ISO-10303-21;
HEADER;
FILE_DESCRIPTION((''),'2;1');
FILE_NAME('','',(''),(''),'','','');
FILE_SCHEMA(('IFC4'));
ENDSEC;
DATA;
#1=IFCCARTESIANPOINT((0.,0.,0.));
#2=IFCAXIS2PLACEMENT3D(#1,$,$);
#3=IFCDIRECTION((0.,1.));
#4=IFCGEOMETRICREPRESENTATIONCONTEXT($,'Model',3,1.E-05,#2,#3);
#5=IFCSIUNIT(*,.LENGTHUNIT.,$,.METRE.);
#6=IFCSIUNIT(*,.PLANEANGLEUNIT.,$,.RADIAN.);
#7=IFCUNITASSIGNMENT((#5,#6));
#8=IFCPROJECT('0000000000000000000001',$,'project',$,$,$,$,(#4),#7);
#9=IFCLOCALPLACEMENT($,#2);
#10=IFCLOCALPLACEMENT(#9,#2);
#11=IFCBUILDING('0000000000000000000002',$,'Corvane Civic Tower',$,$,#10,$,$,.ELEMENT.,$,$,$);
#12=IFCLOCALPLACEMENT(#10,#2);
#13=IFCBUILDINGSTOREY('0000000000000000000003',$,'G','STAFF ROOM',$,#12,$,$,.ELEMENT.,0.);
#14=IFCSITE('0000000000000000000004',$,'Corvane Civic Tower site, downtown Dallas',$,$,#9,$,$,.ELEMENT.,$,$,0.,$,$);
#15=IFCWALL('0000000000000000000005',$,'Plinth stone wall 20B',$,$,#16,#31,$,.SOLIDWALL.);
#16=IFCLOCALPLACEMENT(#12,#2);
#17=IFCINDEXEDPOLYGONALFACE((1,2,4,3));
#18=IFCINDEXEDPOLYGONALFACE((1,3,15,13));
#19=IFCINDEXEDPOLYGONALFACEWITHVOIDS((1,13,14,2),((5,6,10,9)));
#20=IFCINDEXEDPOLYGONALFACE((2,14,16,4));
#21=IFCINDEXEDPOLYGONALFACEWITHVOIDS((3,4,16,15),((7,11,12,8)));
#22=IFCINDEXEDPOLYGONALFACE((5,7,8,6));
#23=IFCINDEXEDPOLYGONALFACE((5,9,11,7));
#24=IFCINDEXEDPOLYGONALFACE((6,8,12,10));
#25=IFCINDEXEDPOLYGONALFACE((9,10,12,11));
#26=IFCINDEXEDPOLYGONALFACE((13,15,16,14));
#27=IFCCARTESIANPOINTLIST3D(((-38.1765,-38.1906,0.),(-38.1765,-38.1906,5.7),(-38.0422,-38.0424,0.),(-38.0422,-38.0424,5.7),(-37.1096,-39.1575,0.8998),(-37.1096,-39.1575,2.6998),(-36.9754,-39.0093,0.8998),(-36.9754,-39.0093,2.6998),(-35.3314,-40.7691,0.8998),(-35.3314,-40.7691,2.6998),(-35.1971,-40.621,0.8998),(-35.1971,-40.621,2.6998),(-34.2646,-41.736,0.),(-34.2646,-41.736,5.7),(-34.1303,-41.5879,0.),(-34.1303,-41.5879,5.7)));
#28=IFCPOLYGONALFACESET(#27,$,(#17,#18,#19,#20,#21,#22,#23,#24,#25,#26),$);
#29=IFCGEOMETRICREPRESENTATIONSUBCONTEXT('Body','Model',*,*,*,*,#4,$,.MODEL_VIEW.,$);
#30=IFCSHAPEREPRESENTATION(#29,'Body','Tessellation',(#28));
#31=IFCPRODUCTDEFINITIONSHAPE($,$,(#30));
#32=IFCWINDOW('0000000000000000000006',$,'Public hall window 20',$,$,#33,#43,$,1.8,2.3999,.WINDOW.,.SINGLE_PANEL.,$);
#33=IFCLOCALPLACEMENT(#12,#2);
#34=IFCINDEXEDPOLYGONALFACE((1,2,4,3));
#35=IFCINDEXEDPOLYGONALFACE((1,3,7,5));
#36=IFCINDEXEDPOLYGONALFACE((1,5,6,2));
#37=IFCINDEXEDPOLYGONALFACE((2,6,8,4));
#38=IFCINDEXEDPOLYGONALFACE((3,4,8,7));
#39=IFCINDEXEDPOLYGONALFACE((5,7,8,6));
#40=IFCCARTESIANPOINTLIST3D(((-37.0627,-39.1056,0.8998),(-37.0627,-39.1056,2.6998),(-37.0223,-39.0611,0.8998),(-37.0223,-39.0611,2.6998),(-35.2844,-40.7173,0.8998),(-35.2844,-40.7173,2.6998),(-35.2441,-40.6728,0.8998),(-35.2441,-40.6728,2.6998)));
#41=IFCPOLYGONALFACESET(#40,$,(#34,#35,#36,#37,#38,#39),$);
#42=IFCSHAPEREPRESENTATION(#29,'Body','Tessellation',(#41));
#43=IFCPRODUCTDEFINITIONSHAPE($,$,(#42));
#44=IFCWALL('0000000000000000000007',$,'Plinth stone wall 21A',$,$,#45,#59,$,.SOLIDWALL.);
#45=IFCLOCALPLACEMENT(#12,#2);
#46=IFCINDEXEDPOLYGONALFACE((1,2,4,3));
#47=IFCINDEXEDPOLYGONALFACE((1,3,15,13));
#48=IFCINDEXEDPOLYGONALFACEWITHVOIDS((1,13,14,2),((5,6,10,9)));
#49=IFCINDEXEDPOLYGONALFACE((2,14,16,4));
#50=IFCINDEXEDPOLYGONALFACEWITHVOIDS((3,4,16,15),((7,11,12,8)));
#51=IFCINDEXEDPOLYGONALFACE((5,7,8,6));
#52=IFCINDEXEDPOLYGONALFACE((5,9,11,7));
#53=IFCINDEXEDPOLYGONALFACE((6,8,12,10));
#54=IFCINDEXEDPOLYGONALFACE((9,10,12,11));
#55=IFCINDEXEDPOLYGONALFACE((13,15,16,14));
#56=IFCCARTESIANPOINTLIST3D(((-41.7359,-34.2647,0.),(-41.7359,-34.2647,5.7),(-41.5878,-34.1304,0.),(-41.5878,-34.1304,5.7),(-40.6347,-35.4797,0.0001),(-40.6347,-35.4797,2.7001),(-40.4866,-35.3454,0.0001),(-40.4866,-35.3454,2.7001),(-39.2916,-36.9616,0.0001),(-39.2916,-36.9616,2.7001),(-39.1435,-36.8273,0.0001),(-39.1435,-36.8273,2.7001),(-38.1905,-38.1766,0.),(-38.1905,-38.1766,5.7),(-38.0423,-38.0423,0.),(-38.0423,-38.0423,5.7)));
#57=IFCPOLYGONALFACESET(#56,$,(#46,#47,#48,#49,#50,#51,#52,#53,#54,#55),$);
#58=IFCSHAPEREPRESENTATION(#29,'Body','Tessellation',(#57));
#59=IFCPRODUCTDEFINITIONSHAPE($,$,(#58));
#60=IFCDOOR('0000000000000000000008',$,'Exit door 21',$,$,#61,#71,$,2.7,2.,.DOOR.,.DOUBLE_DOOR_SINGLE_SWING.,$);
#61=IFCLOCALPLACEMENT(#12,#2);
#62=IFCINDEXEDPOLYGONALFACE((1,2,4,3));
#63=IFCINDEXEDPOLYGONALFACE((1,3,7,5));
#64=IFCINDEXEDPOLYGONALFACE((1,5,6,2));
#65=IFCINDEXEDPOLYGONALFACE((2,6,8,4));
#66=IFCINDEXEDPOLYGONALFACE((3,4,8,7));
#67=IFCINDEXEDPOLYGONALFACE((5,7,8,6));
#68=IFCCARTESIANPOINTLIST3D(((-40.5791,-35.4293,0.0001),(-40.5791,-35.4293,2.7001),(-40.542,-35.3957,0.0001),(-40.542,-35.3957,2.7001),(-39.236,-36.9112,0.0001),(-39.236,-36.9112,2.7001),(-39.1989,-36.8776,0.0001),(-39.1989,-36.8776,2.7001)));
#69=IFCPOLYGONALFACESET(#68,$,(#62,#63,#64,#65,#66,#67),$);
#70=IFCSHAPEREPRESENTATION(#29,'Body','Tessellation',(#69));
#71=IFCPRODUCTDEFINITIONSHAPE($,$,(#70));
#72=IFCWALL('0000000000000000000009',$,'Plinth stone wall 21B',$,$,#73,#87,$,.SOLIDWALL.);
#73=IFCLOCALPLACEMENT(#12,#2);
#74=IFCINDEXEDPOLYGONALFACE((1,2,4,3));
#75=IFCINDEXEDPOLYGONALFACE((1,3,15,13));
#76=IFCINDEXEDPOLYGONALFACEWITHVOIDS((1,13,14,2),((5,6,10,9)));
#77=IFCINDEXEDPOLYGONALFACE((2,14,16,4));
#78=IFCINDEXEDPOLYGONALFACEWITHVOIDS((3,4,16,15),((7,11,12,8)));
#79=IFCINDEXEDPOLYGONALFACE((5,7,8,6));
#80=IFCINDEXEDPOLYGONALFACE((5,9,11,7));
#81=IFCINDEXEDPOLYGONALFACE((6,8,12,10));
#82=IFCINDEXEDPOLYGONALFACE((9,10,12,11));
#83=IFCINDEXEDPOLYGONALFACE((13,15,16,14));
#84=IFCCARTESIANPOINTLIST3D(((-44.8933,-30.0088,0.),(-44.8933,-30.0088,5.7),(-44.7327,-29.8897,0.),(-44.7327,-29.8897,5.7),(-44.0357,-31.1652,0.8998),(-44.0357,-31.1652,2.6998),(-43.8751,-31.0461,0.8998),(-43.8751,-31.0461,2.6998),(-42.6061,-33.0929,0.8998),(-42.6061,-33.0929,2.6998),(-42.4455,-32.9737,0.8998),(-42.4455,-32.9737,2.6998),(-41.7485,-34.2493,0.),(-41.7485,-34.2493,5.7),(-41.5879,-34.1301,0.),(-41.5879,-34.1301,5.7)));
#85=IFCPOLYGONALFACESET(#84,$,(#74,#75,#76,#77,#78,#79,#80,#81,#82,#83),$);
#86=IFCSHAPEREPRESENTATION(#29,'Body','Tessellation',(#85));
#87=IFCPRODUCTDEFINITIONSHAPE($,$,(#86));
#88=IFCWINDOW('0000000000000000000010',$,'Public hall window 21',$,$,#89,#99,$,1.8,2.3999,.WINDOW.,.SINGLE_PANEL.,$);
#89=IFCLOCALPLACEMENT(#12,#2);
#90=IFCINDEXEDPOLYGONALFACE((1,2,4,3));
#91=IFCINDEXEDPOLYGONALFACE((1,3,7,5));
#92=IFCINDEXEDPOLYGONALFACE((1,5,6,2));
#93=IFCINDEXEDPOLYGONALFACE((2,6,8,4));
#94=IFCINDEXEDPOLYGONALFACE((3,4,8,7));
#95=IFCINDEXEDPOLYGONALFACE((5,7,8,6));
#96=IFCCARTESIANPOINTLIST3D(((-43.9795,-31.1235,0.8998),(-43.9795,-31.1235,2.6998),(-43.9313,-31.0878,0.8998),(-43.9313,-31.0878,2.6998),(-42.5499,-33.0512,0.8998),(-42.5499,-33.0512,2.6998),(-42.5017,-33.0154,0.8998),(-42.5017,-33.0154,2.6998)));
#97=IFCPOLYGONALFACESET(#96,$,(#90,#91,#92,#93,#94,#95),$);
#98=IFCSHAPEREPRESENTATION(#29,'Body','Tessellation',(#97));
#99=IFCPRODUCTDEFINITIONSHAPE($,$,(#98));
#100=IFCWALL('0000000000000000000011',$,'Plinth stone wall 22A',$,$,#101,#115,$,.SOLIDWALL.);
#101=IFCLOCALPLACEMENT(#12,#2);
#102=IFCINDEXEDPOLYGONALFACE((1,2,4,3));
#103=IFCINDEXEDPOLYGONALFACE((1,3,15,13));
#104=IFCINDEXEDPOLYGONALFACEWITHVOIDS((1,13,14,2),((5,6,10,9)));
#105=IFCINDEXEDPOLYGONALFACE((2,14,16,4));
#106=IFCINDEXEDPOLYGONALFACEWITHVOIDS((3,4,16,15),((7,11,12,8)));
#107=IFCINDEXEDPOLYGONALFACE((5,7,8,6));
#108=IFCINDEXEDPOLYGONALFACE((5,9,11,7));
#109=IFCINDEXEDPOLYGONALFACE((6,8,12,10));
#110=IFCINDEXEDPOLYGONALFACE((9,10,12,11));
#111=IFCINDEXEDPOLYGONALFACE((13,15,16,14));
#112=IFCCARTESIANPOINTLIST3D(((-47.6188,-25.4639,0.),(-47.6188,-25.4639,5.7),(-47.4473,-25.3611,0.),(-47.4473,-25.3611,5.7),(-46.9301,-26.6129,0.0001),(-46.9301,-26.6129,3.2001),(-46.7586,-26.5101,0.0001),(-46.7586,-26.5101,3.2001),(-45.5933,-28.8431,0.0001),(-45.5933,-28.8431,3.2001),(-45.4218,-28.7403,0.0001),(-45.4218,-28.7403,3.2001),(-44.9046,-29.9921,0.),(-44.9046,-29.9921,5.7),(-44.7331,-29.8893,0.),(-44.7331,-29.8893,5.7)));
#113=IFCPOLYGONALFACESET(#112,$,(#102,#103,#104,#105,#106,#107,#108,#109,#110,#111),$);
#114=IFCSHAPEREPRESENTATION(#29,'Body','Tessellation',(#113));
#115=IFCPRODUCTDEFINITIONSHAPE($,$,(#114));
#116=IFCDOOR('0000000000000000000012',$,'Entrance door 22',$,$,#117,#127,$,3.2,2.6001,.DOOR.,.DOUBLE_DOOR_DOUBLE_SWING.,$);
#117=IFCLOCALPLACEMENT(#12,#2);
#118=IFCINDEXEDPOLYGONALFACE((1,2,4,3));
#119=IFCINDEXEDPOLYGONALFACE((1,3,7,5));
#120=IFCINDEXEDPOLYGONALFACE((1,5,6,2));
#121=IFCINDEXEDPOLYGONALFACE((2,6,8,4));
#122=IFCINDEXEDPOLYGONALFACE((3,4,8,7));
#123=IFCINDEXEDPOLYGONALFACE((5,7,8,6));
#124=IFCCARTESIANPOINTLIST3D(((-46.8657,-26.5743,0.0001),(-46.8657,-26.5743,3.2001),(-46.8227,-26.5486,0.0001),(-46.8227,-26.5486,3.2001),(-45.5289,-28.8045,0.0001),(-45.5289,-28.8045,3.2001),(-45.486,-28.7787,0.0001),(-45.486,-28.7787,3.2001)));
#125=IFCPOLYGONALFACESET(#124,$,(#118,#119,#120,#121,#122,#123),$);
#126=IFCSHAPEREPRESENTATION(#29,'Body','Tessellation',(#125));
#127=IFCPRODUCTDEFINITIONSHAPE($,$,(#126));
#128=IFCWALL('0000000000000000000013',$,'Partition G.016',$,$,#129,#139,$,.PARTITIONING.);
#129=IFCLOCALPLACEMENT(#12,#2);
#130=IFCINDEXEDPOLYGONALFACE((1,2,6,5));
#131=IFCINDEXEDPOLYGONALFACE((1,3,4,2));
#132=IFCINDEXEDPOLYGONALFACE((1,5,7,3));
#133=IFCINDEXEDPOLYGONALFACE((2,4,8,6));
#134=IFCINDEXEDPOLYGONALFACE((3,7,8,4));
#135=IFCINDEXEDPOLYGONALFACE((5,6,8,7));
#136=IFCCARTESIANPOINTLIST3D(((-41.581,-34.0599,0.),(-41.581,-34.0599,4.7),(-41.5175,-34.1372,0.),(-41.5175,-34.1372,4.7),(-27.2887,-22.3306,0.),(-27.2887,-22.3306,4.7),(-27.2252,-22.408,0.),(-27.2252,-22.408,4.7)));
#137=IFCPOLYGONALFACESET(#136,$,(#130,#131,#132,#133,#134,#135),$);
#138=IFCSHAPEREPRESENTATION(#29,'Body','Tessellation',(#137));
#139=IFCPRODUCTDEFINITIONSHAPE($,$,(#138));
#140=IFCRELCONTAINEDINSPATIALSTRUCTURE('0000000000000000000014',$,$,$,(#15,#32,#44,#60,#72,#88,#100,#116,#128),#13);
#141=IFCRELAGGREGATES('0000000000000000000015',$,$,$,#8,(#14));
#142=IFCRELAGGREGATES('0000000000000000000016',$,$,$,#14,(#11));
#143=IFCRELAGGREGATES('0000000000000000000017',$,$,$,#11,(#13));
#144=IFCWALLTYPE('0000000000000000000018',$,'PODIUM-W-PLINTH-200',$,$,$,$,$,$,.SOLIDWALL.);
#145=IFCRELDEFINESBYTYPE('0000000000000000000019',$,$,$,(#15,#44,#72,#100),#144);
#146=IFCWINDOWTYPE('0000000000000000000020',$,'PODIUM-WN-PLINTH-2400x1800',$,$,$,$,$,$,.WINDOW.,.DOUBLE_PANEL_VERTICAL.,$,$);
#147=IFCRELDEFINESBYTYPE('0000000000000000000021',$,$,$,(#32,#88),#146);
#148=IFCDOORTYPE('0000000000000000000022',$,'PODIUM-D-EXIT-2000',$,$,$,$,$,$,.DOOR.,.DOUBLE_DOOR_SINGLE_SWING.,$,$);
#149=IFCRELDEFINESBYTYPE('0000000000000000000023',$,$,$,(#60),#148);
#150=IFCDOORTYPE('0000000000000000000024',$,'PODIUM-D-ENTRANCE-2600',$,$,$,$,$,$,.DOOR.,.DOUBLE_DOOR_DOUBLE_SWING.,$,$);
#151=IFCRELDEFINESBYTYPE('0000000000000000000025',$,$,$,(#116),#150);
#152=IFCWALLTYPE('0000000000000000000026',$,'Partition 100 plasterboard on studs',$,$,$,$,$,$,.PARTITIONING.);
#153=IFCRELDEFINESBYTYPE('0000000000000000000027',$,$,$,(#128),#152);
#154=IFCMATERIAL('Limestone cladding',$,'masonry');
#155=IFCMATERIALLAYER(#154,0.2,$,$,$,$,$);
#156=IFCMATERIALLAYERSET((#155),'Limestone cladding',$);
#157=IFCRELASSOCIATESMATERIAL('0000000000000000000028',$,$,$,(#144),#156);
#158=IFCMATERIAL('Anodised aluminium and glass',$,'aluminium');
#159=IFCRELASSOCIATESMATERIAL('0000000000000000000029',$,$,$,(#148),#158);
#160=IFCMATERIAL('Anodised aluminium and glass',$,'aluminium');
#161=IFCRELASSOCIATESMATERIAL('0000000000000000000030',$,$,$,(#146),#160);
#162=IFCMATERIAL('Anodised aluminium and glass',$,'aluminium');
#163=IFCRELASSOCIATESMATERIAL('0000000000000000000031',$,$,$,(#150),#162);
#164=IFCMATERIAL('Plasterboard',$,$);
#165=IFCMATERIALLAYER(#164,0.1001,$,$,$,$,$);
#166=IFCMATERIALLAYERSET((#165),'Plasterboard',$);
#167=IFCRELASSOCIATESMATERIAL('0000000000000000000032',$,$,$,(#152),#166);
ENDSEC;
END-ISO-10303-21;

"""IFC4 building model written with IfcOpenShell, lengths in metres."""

from ifc_helpers import new_model, si_unit, direction, frame, frame_2d, origin, place, context, subcontext, project, spatial, rectangle, extrude, material, layer, layer_set, type_object, element, fill, save


model = new_model("IFC4")

# Units and contexts
model_context = context("Model", 3, precision=1e-05, world=origin(), true_north=direction((0.0, 1.0)))
body_context = subcontext(model_context, "Body", "Model", "MODEL_VIEW")
ifc_project = project(units=[si_unit("LENGTHUNIT", "METRE"), si_unit("PLANEANGLEUNIT", "RADIAN")], contexts=[model_context])

# Site, building, storey
site_placement = place(None, origin())
site = spatial("IfcSite", under=ifc_project, at=site_placement, Name="Corvane Civic Tower site, downtown Dallas", CompositionType="ELEMENT", RefElevation=0.0)
building_placement = place(site_placement, origin())
building = spatial("IfcBuilding", under=site, at=building_placement, Name="Corvane Civic Tower", CompositionType="ELEMENT")
storey_placement = place(building_placement, origin())
storey = spatial("IfcBuildingStorey", under=building, at=storey_placement, Name="G", Description="STAFF ROOM", CompositionType="ELEMENT", Elevation=0.0)

# Shared definitions
ifc_material_1 = material(Name="Limestone cladding", Category="masonry")
ifc_layer_1 = layer(ifc_material_1, 0.2)
ifc_layer_set_1 = layer_set([ifc_layer_1], Name="Limestone cladding")
wall_type_1 = type_object("IfcWallType", Name="PODIUM-W-PLINTH-200", PredefinedType="SOLIDWALL", material=ifc_layer_set_1)

# Shared definitions
ifc_material_2 = material(Name="Anodised aluminium and glass", Category="aluminium")
door_type_1 = type_object("IfcDoorType", Name="PODIUM-D-EXIT-2000", OperationType="DOUBLE_DOOR_SINGLE_SWING", PredefinedType="DOOR", material=ifc_material_2)

# Wall, opening, window
wall_1_placement = place(storey_placement, frame((-34.1975, -41.6619, 0.0), z_axis=(0.0, 0.0, 1.0), x_axis=(-0.74096, 0.671549, 0.0)))
wall_1 = element("IfcWall", 1, at=wall_1_placement, inside=storey, type_object=wall_type_1, Name="Plinth stone wall 20B", PredefinedType="SOLIDWALL", context=body_context, shape_type="SweptSolid", body=[
    extrude(rectangle(XDim=5.2795, YDim=0.2, at=frame_2d((2.6396, 0.0))), origin(), (0.0, 0.0, 1.0), 5.7),
])
opening_1_placement = place(wall_1_placement, frame((1.4397, 0.0, 0.8999)))
opening_1 = element("IfcOpeningElement", 2, at=opening_1_placement, cuts=wall_1, PredefinedType="OPENING", context=body_context, shape_type="SweptSolid", body=[
    extrude(rectangle(XDim=2.3999, YDim=1.8, at=frame_2d((1.2, 0.8999))), frame((0.0, 0.1099, 0.0), z_axis=(0.0, -1.0, 0.0), x_axis=(1.0, 0.0, 0.0)), (0.0, 0.0, 1.0), 0.22),
])
ifc_material_3 = material(Name="Anodised aluminium and glass", Category="aluminium")
window_type = type_object("IfcWindowType", Name="PODIUM-WN-PLINTH-2400x1800", PartitioningType="DOUBLE_PANEL_VERTICAL", PredefinedType="WINDOW", material=ifc_material_3)
window_1_placement = place(opening_1_placement, origin())
window_1 = element("IfcWindow", 3, at=window_1_placement, inside=storey, type_object=window_type, Name="Public hall window 20", OverallHeight=1.8, OverallWidth=2.3999, PartitioningType="SINGLE_PANEL", PredefinedType="WINDOW", context=body_context, shape_type="SweptSolid", body=[
    extrude(rectangle(XDim=2.3999, YDim=1.8, at=frame_2d((1.2, 0.8999))), frame((0.0, 0.03, 0.0), z_axis=(0.0, -1.0, 0.0), x_axis=(1.0, 0.0, 0.0)), (0.0, 0.0, 1.0), 0.0601),
])
fill(opening_1, window_1)

# Wall, opening, door
wall_2_placement = place(storey_placement, frame((-38.1165, -38.1094, 0.0), z_axis=(0.0, 0.0, 1.0), x_axis=(-0.671549, 0.74096, 0.0)))
wall_2 = element("IfcWall", 4, at=wall_2_placement, inside=storey, type_object=wall_type_1, Name="Plinth stone wall 21A", PredefinedType="SOLIDWALL", context=body_context, shape_type="SweptSolid", body=[
    extrude(rectangle(XDim=5.2795, YDim=0.2, at=frame_2d((2.6396, 0.0))), origin(), (0.0, 0.0, 1.0), 5.7),
])
opening_2_placement = place(wall_2_placement, frame((1.6396, 0.0, 0.0)))
opening_2 = element("IfcOpeningElement", 5, at=opening_2_placement, cuts=wall_2, PredefinedType="OPENING", context=body_context, shape_type="SweptSolid", body=[
    extrude(rectangle(XDim=2.0, YDim=2.7, at=frame_2d((1.0, 1.3501))), frame((0.0, 0.1099, 0.0), z_axis=(0.0, -1.0, 0.0), x_axis=(1.0, 0.0, 0.0)), (0.0, 0.0, 1.0), 0.22),
])
door_1_placement = place(opening_2_placement, origin())
door_1 = element("IfcDoor", 6, at=door_1_placement, inside=storey, type_object=door_type_1, Name="Exit door 21", OperationType="DOUBLE_DOOR_SINGLE_SWING", OverallHeight=2.7, OverallWidth=2.0, PredefinedType="DOOR", context=body_context, shape_type="SweptSolid", body=[
    extrude(rectangle(XDim=2.0, YDim=2.7, at=frame_2d((1.0, 1.3501))), frame((0.0, 0.0249, 0.0), z_axis=(0.0, -1.0, 0.0), x_axis=(1.0, 0.0, 0.0)), (0.0, 0.0, 1.0), 0.05),
])
fill(opening_2, door_1)

# Wall, opening, window
wall_3_placement = place(storey_placement, frame((-41.6682, -34.1897, 0.0), z_axis=(0.0, 0.0, 1.0), x_axis=(-0.595678, 0.803224, 0.0)))
wall_3 = element("IfcWall", 7, at=wall_3_placement, inside=storey, type_object=wall_type_1, Name="Plinth stone wall 21B", PredefinedType="SOLIDWALL", context=body_context, shape_type="SweptSolid", body=[
    extrude(rectangle(XDim=5.2793, YDim=0.2, at=frame_2d((2.6396, 0.0))), origin(), (0.0, 0.0, 1.0), 5.7),
])
opening_3_placement = place(wall_3_placement, frame((1.4397, 0.0, 0.8999)))
opening_3 = element("IfcOpeningElement", 8, at=opening_3_placement, cuts=wall_3, PredefinedType="OPENING", context=body_context, shape_type="SweptSolid", body=[
    extrude(rectangle(XDim=2.3999, YDim=1.8, at=frame_2d((1.2, 0.8999))), frame((0.0, 0.1099, 0.0), z_axis=(0.0, -1.0, 0.0), x_axis=(1.0, 0.0, 0.0)), (0.0, 0.0, 1.0), 0.22),
])
window_2_placement = place(opening_3_placement, origin())
window_2 = element("IfcWindow", 9, at=window_2_placement, inside=storey, type_object=window_type, Name="Public hall window 21", OverallHeight=1.8, OverallWidth=2.3999, PartitioningType="SINGLE_PANEL", PredefinedType="WINDOW", context=body_context, shape_type="SweptSolid", body=[
    extrude(rectangle(XDim=2.3999, YDim=1.8, at=frame_2d((1.2, 0.8999))), frame((0.0, 0.03, 0.0), z_axis=(0.0, -1.0, 0.0), x_axis=(1.0, 0.0, 0.0)), (0.0, 0.0, 1.0), 0.0601),
])
fill(opening_3, window_2)

# Wall, opening, door
wall_4_placement = place(storey_placement, frame((-44.8188, -29.9407, 0.0), z_axis=(0.0, 0.0, 1.0), x_axis=(-0.514115, 0.857721, 0.0)))
wall_4 = element("IfcWall", 10, at=wall_4_placement, inside=storey, type_object=wall_type_1, Name="Plinth stone wall 22A", PredefinedType="SOLIDWALL", context=body_context, shape_type="SweptSolid", body=[
    extrude(rectangle(XDim=5.2793, YDim=0.2, at=frame_2d((2.6396, 0.0))), origin(), (0.0, 0.0, 1.0), 5.7),
])
opening_4_placement = place(wall_4_placement, frame((1.3396, 0.0, 0.0)))
opening_4 = element("IfcOpeningElement", 11, at=opening_4_placement, cuts=wall_4, PredefinedType="OPENING", context=body_context, shape_type="SweptSolid", body=[
    extrude(rectangle(XDim=2.6001, YDim=3.2, at=frame_2d((1.3, 1.6001))), frame((0.0, 0.1099, 0.0), z_axis=(0.0, -1.0, 0.0), x_axis=(1.0, 0.0, 0.0)), (0.0, 0.0, 1.0), 0.22),
])
ifc_material_4 = material(Name="Anodised aluminium and glass", Category="aluminium")
door_type_2 = type_object("IfcDoorType", Name="PODIUM-D-ENTRANCE-2600", OperationType="DOUBLE_DOOR_DOUBLE_SWING", PredefinedType="DOOR", material=ifc_material_4)
door_2_placement = place(opening_4_placement, origin())
door_2 = element("IfcDoor", 12, at=door_2_placement, inside=storey, type_object=door_type_2, Name="Entrance door 22", OperationType="DOUBLE_DOOR_DOUBLE_SWING", OverallHeight=3.2, OverallWidth=2.6001, PredefinedType="DOOR", context=body_context, shape_type="SweptSolid", body=[
    extrude(rectangle(XDim=2.6001, YDim=3.2, at=frame_2d((1.3, 1.6001))), frame((0.0, 0.0249, 0.0), z_axis=(0.0, -1.0, 0.0), x_axis=(1.0, 0.0, 0.0)), (0.0, 0.0, 1.0), 0.05),
])
fill(opening_4, door_2)

# Wall
ifc_material_5 = material(Name="Plasterboard")
ifc_layer_2 = layer(ifc_material_5, 0.1001)
ifc_layer_set_2 = layer_set([ifc_layer_2], Name="Plasterboard")
wall_type_2 = type_object("IfcWallType", Name="Partition 100 plasterboard on studs", PredefinedType="PARTITIONING", material=ifc_layer_set_2)
wall_5_placement = place(storey_placement, frame((-41.5493, -34.0986, 0.0), z_axis=(0.0, 0.0, 1.0), x_axis=(0.773013, 0.63439, 0.0)))
element("IfcWall", 13, at=wall_5_placement, inside=storey, type_object=wall_type_2, Name="Partition G.016", PredefinedType="PARTITIONING", context=body_context, shape_type="SweptSolid", body=[
    extrude(rectangle(XDim=18.489, YDim=0.1001, at=frame_2d((9.2446, 0.0))), origin(), (0.0, 0.0, 1.0), 4.7),
])

save(model, "model.ifc")
